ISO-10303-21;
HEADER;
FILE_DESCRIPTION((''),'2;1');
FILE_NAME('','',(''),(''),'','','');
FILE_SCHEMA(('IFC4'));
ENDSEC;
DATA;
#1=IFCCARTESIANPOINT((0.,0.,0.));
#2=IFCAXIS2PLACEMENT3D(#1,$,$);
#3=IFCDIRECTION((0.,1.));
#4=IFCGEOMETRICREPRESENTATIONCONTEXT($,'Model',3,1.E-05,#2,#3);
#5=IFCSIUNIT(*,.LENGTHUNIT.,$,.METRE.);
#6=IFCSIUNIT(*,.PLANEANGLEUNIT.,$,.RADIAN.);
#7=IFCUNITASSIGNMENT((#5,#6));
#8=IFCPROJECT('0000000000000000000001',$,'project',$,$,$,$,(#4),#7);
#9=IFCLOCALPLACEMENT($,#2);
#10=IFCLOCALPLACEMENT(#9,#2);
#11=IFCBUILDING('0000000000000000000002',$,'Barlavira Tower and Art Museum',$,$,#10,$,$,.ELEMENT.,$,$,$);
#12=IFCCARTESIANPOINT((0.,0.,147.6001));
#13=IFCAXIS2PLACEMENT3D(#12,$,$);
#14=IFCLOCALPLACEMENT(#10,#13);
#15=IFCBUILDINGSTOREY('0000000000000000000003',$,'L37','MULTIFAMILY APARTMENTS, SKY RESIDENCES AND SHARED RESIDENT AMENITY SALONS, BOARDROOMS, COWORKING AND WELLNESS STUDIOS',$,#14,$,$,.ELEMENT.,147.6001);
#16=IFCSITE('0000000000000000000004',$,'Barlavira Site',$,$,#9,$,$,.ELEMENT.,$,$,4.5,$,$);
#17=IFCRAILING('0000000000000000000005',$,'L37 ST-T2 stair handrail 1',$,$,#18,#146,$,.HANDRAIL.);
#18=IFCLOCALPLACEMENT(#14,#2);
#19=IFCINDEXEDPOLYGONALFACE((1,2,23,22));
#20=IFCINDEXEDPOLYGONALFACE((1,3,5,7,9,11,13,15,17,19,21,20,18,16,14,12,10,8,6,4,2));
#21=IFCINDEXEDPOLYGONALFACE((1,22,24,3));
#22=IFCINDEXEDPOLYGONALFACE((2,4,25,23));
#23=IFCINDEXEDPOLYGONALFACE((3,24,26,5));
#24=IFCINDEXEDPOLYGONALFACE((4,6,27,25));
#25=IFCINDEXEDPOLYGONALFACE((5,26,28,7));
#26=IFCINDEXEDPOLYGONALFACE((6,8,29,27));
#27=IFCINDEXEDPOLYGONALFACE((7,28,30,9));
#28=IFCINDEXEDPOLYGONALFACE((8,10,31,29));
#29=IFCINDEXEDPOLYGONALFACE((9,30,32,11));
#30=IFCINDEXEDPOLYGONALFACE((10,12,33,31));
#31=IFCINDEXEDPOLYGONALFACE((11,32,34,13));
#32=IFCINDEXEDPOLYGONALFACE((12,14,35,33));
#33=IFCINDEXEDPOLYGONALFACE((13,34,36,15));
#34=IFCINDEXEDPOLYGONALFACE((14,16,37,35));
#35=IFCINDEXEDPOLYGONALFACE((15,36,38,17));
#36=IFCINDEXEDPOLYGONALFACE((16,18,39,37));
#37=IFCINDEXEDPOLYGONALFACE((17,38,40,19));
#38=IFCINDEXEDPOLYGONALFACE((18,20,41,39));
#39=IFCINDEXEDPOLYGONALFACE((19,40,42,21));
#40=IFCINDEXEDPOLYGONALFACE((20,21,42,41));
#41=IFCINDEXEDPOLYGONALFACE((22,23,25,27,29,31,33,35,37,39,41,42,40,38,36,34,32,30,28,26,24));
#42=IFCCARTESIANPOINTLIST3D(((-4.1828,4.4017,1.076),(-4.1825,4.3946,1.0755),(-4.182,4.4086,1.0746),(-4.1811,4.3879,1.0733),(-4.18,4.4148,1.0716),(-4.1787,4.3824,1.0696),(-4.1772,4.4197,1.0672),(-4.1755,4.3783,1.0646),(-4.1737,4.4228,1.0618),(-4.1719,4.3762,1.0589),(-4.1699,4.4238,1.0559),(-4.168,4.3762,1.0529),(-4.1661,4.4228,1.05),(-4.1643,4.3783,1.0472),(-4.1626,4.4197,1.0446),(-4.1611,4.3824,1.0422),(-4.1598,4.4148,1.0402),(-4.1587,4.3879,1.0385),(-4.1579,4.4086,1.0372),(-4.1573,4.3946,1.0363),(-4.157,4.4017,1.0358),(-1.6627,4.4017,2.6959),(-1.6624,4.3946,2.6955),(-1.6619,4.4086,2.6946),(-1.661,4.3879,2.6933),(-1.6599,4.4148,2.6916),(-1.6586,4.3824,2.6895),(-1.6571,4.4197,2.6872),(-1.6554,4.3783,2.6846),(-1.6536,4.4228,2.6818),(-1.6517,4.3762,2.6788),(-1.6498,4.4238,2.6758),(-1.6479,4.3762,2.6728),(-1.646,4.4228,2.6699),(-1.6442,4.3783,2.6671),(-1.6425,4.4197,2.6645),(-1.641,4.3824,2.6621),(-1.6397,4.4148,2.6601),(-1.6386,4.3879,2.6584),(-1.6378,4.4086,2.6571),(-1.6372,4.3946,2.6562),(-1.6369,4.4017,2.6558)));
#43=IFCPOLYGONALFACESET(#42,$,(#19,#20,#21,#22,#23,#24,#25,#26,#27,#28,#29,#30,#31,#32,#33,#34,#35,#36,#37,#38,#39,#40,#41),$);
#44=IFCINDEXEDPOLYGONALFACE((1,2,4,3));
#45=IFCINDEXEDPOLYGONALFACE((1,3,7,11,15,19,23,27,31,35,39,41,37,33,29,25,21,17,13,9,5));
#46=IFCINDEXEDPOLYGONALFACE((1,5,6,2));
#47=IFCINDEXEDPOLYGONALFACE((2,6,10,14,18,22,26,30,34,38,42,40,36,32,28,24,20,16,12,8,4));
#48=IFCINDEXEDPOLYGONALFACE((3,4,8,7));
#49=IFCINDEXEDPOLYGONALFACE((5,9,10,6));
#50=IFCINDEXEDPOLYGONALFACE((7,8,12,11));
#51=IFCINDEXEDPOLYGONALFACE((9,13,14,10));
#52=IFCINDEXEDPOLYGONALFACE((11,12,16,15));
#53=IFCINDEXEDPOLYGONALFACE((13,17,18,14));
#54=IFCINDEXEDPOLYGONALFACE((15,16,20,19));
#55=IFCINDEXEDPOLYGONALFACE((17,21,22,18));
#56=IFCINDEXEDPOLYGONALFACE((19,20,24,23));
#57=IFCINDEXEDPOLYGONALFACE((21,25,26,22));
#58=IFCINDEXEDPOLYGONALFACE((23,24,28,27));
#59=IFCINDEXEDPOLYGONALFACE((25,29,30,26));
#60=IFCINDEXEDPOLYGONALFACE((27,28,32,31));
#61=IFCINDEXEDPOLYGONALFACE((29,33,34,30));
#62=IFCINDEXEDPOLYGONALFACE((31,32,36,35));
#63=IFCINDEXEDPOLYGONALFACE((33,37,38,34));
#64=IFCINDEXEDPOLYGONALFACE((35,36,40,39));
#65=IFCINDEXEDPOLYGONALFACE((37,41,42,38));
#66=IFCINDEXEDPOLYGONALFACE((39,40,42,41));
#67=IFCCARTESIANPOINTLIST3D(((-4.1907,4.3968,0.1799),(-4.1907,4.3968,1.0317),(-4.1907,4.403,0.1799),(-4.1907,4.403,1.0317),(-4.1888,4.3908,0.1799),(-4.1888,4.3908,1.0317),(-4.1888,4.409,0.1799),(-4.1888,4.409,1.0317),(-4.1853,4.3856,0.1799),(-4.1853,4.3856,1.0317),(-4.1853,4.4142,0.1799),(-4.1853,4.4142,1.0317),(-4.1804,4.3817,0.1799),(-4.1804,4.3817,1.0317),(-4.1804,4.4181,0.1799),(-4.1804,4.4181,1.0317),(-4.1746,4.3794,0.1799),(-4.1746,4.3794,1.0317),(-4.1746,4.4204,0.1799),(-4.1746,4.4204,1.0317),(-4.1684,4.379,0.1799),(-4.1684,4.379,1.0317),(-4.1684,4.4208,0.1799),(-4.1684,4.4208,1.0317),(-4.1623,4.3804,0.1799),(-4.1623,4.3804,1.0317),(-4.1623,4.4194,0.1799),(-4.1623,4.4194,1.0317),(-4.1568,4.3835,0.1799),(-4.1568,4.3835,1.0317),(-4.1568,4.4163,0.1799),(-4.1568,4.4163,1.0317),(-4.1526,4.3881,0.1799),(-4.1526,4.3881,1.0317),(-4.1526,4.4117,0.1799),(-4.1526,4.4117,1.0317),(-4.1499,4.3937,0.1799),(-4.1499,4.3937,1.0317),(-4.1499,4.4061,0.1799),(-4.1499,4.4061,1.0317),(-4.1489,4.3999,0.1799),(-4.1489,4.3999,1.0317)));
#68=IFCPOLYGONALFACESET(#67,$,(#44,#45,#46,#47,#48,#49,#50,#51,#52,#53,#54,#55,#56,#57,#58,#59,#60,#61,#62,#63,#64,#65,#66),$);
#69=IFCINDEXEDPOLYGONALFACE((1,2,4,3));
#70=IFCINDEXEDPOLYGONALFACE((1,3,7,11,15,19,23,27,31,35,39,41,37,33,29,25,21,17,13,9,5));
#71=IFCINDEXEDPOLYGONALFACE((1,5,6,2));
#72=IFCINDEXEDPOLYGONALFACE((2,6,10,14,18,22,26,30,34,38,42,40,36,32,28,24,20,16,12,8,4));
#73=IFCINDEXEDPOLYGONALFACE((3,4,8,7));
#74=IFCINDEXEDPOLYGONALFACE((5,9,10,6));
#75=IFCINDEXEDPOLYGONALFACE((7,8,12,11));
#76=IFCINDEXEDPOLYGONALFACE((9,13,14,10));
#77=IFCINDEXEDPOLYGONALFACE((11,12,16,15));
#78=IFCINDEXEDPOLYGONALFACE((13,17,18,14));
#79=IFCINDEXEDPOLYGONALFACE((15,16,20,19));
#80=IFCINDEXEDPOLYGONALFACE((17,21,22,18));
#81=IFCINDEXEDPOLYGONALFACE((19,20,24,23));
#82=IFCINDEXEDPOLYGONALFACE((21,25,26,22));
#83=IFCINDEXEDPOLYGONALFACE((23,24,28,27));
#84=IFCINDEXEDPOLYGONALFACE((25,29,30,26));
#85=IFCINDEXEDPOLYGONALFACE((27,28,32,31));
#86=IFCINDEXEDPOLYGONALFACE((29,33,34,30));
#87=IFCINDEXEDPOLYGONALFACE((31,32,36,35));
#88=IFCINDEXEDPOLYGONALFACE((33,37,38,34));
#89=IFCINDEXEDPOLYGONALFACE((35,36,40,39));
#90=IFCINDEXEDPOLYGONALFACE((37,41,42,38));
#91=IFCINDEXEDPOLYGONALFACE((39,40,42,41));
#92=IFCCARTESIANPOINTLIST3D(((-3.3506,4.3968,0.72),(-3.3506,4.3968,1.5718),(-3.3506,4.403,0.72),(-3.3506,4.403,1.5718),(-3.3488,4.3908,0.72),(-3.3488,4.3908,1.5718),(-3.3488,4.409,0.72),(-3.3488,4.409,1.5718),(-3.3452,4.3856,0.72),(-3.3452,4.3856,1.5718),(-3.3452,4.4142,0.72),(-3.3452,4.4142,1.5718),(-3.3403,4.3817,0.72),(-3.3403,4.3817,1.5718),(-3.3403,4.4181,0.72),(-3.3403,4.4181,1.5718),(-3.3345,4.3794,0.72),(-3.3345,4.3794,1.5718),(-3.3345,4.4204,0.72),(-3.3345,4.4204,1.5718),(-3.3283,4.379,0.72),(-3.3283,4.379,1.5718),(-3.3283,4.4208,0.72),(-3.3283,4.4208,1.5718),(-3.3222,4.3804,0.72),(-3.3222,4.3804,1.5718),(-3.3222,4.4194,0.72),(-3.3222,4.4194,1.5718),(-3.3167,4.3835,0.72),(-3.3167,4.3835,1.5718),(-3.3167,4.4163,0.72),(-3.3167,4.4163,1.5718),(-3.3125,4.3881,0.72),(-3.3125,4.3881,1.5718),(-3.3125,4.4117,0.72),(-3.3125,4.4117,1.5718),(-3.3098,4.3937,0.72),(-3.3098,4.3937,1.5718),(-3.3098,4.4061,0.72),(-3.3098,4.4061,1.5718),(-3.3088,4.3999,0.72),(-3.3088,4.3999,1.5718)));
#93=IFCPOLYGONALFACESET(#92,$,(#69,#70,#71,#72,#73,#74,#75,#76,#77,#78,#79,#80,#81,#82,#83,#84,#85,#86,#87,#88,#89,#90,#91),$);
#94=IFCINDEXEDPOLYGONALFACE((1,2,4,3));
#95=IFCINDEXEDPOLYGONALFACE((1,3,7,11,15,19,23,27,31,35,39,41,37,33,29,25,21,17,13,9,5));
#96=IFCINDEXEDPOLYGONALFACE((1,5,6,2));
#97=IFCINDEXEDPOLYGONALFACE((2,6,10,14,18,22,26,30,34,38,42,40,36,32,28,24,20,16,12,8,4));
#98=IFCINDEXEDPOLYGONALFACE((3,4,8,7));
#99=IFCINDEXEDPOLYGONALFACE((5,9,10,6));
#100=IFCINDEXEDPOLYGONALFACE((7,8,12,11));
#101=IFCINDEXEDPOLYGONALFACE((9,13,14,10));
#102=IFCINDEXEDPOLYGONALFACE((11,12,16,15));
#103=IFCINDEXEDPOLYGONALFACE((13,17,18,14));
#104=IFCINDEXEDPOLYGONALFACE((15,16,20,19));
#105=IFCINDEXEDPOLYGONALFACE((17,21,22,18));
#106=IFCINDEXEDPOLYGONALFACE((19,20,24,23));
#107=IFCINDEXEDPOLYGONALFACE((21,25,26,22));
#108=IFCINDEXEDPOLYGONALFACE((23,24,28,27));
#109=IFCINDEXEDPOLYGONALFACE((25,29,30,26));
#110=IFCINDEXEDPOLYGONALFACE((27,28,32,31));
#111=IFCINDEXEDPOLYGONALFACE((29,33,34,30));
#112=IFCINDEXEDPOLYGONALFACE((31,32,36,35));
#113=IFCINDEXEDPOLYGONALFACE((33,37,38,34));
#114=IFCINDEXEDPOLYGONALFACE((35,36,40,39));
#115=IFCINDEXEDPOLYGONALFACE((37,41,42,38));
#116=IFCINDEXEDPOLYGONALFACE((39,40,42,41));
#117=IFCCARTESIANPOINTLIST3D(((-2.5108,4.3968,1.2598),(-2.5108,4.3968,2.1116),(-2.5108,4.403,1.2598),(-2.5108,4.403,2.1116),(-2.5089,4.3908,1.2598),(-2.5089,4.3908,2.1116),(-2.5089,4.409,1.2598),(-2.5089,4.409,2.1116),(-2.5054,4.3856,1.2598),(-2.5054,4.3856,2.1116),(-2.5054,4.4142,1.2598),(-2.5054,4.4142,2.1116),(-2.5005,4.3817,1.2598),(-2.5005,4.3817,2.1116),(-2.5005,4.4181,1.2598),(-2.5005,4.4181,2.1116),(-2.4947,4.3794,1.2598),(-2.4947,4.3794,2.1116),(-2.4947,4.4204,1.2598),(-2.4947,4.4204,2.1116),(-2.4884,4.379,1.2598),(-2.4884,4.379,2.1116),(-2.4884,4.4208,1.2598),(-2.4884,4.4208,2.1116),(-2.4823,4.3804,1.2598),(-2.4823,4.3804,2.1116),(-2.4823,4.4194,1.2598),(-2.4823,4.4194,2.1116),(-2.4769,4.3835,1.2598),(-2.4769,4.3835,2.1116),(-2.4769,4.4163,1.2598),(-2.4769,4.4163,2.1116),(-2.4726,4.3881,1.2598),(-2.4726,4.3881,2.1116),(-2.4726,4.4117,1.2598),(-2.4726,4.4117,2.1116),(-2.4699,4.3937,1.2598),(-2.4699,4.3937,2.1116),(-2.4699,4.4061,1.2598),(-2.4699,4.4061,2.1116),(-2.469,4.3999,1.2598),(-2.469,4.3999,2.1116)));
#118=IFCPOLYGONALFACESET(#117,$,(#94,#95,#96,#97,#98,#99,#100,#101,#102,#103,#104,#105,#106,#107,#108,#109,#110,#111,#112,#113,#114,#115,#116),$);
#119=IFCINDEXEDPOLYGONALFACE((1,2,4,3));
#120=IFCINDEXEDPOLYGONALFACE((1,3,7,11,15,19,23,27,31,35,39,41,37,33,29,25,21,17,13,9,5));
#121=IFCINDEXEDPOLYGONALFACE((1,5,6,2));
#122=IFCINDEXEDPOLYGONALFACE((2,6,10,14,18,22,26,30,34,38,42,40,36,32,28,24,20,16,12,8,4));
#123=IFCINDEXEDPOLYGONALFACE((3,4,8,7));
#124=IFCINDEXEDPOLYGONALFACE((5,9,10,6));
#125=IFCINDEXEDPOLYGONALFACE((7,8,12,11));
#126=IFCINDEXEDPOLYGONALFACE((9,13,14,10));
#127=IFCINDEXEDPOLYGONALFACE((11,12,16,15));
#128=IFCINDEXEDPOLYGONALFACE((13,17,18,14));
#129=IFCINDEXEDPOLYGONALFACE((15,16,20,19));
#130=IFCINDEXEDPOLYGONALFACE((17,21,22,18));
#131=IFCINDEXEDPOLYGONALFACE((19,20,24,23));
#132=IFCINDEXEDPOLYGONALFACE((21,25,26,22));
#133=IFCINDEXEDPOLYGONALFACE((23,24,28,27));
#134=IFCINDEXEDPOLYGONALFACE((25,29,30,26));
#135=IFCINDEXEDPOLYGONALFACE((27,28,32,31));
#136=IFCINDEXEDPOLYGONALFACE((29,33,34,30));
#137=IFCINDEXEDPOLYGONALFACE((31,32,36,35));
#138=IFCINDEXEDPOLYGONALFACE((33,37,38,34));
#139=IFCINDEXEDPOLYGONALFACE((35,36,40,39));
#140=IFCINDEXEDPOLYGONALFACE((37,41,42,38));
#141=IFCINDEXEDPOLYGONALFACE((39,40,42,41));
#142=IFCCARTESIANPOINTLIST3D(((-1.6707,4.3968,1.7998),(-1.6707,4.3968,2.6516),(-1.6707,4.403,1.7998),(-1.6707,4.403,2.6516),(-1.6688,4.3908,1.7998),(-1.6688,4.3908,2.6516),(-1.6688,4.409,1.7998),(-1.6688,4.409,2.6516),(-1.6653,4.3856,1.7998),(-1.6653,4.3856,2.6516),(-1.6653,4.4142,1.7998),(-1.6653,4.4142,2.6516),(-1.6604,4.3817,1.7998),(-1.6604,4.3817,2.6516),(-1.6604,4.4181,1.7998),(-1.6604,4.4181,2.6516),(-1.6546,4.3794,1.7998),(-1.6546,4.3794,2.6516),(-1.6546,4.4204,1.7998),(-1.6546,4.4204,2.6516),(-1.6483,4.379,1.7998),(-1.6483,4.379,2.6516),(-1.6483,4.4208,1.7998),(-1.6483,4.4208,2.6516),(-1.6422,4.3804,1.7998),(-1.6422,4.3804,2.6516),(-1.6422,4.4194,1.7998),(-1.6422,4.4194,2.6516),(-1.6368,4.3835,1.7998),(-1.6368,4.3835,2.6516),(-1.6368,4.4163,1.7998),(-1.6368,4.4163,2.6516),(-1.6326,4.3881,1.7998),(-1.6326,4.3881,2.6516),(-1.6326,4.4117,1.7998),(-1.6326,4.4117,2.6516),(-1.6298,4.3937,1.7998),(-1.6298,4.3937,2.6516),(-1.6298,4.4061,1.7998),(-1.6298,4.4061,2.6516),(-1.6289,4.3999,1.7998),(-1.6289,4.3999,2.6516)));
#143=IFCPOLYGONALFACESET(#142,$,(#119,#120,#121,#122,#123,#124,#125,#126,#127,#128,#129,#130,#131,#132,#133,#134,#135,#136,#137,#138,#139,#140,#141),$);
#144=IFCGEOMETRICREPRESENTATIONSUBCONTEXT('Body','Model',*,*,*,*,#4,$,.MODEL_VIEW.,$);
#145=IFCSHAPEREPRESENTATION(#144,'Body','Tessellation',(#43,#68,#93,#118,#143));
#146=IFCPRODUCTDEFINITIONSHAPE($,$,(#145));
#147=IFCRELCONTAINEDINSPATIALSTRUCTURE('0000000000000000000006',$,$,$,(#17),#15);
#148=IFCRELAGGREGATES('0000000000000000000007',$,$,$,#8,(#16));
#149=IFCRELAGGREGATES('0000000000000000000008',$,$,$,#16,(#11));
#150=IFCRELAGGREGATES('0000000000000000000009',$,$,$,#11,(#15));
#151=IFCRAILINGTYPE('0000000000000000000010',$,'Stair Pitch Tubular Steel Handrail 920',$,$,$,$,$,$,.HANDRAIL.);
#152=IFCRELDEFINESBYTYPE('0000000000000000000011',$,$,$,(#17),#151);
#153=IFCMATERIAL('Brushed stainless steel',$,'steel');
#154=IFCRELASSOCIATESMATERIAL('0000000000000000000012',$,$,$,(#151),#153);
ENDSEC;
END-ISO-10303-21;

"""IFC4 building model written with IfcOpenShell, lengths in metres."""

from ifc_helpers import new_model, si_unit, direction, frame, origin, origin_2d, place, context, subcontext, project, spatial, circle, extrude, material, type_object, element, save


model = new_model("IFC4")

# Units and contexts
model_context = context("Model", 3, precision=1e-05, world=origin(), true_north=direction((0.0, 1.0)))
body_context = subcontext(model_context, "Body", "Model", "MODEL_VIEW")
ifc_project = project(units=[si_unit("LENGTHUNIT", "METRE"), si_unit("PLANEANGLEUNIT", "RADIAN")], contexts=[model_context])

# Site, building, storey
site_placement = place(None, origin())
site = spatial("IfcSite", under=ifc_project, at=site_placement, Name="Barlavira Site", CompositionType="ELEMENT", RefElevation=4.5)
building_placement = place(site_placement, origin())
building = spatial("IfcBuilding", under=site, at=building_placement, Name="Barlavira Tower and Art Museum", CompositionType="ELEMENT")
storey_placement = place(building_placement, frame((0.0, 0.0, 147.6001)))
storey = spatial("IfcBuildingStorey", under=building, at=storey_placement, Name="L37", Description="MULTIFAMILY APARTMENTS, SKY RESIDENCES AND SHARED RESIDENT AMENITY SALONS, BOARDROOMS, COWORKING AND WELLNESS STUDIOS", CompositionType="ELEMENT", Elevation=147.6001)

# Shared definitions
ifc_material_1 = material(Name="Brushed stainless steel", Category="steel")

# Railing
railing_type_1 = type_object("IfcRailingType", Name="Stair Pitch Tubular Steel Handrail 920", PredefinedType="HANDRAIL", material=ifc_material_1)
railing_1_placement = place(storey_placement, frame((-4.1699, 4.3999, 0.1799)))
element("IfcRailing", 1, at=railing_1_placement, inside=storey, type_object=railing_type_1, Name="L37 ST-T2 stair handrail 1", PredefinedType="HANDRAIL", context=body_context, shape_type="SweptSolid", body=[
    extrude(circle(Radius=0.0239, at=origin_2d()), frame((0.0, 0.0, 0.876), z_axis=(0.8412, 0.0, 0.540725), x_axis=(0.0, 1.0, 0.0)), (0.0, 0.0, 1.0), 2.9958),
    extrude(circle(Radius=0.021, at=origin_2d()), origin(), (0.0, 0.0, 1.0), 0.8518),
    extrude(circle(Radius=0.021, at=origin_2d()), frame((0.8401, 0.0, 0.54)), (0.0, 0.0, 1.0), 0.8518),
    extrude(circle(Radius=0.021, at=origin_2d()), frame((1.6799, 0.0, 1.0798)), (0.0, 0.0, 1.0), 0.8518),
    extrude(circle(Radius=0.021, at=origin_2d()), frame((2.52, 0.0, 1.6199)), (0.0, 0.0, 1.0), 0.8518),
])

save(model, "model.ifc")
